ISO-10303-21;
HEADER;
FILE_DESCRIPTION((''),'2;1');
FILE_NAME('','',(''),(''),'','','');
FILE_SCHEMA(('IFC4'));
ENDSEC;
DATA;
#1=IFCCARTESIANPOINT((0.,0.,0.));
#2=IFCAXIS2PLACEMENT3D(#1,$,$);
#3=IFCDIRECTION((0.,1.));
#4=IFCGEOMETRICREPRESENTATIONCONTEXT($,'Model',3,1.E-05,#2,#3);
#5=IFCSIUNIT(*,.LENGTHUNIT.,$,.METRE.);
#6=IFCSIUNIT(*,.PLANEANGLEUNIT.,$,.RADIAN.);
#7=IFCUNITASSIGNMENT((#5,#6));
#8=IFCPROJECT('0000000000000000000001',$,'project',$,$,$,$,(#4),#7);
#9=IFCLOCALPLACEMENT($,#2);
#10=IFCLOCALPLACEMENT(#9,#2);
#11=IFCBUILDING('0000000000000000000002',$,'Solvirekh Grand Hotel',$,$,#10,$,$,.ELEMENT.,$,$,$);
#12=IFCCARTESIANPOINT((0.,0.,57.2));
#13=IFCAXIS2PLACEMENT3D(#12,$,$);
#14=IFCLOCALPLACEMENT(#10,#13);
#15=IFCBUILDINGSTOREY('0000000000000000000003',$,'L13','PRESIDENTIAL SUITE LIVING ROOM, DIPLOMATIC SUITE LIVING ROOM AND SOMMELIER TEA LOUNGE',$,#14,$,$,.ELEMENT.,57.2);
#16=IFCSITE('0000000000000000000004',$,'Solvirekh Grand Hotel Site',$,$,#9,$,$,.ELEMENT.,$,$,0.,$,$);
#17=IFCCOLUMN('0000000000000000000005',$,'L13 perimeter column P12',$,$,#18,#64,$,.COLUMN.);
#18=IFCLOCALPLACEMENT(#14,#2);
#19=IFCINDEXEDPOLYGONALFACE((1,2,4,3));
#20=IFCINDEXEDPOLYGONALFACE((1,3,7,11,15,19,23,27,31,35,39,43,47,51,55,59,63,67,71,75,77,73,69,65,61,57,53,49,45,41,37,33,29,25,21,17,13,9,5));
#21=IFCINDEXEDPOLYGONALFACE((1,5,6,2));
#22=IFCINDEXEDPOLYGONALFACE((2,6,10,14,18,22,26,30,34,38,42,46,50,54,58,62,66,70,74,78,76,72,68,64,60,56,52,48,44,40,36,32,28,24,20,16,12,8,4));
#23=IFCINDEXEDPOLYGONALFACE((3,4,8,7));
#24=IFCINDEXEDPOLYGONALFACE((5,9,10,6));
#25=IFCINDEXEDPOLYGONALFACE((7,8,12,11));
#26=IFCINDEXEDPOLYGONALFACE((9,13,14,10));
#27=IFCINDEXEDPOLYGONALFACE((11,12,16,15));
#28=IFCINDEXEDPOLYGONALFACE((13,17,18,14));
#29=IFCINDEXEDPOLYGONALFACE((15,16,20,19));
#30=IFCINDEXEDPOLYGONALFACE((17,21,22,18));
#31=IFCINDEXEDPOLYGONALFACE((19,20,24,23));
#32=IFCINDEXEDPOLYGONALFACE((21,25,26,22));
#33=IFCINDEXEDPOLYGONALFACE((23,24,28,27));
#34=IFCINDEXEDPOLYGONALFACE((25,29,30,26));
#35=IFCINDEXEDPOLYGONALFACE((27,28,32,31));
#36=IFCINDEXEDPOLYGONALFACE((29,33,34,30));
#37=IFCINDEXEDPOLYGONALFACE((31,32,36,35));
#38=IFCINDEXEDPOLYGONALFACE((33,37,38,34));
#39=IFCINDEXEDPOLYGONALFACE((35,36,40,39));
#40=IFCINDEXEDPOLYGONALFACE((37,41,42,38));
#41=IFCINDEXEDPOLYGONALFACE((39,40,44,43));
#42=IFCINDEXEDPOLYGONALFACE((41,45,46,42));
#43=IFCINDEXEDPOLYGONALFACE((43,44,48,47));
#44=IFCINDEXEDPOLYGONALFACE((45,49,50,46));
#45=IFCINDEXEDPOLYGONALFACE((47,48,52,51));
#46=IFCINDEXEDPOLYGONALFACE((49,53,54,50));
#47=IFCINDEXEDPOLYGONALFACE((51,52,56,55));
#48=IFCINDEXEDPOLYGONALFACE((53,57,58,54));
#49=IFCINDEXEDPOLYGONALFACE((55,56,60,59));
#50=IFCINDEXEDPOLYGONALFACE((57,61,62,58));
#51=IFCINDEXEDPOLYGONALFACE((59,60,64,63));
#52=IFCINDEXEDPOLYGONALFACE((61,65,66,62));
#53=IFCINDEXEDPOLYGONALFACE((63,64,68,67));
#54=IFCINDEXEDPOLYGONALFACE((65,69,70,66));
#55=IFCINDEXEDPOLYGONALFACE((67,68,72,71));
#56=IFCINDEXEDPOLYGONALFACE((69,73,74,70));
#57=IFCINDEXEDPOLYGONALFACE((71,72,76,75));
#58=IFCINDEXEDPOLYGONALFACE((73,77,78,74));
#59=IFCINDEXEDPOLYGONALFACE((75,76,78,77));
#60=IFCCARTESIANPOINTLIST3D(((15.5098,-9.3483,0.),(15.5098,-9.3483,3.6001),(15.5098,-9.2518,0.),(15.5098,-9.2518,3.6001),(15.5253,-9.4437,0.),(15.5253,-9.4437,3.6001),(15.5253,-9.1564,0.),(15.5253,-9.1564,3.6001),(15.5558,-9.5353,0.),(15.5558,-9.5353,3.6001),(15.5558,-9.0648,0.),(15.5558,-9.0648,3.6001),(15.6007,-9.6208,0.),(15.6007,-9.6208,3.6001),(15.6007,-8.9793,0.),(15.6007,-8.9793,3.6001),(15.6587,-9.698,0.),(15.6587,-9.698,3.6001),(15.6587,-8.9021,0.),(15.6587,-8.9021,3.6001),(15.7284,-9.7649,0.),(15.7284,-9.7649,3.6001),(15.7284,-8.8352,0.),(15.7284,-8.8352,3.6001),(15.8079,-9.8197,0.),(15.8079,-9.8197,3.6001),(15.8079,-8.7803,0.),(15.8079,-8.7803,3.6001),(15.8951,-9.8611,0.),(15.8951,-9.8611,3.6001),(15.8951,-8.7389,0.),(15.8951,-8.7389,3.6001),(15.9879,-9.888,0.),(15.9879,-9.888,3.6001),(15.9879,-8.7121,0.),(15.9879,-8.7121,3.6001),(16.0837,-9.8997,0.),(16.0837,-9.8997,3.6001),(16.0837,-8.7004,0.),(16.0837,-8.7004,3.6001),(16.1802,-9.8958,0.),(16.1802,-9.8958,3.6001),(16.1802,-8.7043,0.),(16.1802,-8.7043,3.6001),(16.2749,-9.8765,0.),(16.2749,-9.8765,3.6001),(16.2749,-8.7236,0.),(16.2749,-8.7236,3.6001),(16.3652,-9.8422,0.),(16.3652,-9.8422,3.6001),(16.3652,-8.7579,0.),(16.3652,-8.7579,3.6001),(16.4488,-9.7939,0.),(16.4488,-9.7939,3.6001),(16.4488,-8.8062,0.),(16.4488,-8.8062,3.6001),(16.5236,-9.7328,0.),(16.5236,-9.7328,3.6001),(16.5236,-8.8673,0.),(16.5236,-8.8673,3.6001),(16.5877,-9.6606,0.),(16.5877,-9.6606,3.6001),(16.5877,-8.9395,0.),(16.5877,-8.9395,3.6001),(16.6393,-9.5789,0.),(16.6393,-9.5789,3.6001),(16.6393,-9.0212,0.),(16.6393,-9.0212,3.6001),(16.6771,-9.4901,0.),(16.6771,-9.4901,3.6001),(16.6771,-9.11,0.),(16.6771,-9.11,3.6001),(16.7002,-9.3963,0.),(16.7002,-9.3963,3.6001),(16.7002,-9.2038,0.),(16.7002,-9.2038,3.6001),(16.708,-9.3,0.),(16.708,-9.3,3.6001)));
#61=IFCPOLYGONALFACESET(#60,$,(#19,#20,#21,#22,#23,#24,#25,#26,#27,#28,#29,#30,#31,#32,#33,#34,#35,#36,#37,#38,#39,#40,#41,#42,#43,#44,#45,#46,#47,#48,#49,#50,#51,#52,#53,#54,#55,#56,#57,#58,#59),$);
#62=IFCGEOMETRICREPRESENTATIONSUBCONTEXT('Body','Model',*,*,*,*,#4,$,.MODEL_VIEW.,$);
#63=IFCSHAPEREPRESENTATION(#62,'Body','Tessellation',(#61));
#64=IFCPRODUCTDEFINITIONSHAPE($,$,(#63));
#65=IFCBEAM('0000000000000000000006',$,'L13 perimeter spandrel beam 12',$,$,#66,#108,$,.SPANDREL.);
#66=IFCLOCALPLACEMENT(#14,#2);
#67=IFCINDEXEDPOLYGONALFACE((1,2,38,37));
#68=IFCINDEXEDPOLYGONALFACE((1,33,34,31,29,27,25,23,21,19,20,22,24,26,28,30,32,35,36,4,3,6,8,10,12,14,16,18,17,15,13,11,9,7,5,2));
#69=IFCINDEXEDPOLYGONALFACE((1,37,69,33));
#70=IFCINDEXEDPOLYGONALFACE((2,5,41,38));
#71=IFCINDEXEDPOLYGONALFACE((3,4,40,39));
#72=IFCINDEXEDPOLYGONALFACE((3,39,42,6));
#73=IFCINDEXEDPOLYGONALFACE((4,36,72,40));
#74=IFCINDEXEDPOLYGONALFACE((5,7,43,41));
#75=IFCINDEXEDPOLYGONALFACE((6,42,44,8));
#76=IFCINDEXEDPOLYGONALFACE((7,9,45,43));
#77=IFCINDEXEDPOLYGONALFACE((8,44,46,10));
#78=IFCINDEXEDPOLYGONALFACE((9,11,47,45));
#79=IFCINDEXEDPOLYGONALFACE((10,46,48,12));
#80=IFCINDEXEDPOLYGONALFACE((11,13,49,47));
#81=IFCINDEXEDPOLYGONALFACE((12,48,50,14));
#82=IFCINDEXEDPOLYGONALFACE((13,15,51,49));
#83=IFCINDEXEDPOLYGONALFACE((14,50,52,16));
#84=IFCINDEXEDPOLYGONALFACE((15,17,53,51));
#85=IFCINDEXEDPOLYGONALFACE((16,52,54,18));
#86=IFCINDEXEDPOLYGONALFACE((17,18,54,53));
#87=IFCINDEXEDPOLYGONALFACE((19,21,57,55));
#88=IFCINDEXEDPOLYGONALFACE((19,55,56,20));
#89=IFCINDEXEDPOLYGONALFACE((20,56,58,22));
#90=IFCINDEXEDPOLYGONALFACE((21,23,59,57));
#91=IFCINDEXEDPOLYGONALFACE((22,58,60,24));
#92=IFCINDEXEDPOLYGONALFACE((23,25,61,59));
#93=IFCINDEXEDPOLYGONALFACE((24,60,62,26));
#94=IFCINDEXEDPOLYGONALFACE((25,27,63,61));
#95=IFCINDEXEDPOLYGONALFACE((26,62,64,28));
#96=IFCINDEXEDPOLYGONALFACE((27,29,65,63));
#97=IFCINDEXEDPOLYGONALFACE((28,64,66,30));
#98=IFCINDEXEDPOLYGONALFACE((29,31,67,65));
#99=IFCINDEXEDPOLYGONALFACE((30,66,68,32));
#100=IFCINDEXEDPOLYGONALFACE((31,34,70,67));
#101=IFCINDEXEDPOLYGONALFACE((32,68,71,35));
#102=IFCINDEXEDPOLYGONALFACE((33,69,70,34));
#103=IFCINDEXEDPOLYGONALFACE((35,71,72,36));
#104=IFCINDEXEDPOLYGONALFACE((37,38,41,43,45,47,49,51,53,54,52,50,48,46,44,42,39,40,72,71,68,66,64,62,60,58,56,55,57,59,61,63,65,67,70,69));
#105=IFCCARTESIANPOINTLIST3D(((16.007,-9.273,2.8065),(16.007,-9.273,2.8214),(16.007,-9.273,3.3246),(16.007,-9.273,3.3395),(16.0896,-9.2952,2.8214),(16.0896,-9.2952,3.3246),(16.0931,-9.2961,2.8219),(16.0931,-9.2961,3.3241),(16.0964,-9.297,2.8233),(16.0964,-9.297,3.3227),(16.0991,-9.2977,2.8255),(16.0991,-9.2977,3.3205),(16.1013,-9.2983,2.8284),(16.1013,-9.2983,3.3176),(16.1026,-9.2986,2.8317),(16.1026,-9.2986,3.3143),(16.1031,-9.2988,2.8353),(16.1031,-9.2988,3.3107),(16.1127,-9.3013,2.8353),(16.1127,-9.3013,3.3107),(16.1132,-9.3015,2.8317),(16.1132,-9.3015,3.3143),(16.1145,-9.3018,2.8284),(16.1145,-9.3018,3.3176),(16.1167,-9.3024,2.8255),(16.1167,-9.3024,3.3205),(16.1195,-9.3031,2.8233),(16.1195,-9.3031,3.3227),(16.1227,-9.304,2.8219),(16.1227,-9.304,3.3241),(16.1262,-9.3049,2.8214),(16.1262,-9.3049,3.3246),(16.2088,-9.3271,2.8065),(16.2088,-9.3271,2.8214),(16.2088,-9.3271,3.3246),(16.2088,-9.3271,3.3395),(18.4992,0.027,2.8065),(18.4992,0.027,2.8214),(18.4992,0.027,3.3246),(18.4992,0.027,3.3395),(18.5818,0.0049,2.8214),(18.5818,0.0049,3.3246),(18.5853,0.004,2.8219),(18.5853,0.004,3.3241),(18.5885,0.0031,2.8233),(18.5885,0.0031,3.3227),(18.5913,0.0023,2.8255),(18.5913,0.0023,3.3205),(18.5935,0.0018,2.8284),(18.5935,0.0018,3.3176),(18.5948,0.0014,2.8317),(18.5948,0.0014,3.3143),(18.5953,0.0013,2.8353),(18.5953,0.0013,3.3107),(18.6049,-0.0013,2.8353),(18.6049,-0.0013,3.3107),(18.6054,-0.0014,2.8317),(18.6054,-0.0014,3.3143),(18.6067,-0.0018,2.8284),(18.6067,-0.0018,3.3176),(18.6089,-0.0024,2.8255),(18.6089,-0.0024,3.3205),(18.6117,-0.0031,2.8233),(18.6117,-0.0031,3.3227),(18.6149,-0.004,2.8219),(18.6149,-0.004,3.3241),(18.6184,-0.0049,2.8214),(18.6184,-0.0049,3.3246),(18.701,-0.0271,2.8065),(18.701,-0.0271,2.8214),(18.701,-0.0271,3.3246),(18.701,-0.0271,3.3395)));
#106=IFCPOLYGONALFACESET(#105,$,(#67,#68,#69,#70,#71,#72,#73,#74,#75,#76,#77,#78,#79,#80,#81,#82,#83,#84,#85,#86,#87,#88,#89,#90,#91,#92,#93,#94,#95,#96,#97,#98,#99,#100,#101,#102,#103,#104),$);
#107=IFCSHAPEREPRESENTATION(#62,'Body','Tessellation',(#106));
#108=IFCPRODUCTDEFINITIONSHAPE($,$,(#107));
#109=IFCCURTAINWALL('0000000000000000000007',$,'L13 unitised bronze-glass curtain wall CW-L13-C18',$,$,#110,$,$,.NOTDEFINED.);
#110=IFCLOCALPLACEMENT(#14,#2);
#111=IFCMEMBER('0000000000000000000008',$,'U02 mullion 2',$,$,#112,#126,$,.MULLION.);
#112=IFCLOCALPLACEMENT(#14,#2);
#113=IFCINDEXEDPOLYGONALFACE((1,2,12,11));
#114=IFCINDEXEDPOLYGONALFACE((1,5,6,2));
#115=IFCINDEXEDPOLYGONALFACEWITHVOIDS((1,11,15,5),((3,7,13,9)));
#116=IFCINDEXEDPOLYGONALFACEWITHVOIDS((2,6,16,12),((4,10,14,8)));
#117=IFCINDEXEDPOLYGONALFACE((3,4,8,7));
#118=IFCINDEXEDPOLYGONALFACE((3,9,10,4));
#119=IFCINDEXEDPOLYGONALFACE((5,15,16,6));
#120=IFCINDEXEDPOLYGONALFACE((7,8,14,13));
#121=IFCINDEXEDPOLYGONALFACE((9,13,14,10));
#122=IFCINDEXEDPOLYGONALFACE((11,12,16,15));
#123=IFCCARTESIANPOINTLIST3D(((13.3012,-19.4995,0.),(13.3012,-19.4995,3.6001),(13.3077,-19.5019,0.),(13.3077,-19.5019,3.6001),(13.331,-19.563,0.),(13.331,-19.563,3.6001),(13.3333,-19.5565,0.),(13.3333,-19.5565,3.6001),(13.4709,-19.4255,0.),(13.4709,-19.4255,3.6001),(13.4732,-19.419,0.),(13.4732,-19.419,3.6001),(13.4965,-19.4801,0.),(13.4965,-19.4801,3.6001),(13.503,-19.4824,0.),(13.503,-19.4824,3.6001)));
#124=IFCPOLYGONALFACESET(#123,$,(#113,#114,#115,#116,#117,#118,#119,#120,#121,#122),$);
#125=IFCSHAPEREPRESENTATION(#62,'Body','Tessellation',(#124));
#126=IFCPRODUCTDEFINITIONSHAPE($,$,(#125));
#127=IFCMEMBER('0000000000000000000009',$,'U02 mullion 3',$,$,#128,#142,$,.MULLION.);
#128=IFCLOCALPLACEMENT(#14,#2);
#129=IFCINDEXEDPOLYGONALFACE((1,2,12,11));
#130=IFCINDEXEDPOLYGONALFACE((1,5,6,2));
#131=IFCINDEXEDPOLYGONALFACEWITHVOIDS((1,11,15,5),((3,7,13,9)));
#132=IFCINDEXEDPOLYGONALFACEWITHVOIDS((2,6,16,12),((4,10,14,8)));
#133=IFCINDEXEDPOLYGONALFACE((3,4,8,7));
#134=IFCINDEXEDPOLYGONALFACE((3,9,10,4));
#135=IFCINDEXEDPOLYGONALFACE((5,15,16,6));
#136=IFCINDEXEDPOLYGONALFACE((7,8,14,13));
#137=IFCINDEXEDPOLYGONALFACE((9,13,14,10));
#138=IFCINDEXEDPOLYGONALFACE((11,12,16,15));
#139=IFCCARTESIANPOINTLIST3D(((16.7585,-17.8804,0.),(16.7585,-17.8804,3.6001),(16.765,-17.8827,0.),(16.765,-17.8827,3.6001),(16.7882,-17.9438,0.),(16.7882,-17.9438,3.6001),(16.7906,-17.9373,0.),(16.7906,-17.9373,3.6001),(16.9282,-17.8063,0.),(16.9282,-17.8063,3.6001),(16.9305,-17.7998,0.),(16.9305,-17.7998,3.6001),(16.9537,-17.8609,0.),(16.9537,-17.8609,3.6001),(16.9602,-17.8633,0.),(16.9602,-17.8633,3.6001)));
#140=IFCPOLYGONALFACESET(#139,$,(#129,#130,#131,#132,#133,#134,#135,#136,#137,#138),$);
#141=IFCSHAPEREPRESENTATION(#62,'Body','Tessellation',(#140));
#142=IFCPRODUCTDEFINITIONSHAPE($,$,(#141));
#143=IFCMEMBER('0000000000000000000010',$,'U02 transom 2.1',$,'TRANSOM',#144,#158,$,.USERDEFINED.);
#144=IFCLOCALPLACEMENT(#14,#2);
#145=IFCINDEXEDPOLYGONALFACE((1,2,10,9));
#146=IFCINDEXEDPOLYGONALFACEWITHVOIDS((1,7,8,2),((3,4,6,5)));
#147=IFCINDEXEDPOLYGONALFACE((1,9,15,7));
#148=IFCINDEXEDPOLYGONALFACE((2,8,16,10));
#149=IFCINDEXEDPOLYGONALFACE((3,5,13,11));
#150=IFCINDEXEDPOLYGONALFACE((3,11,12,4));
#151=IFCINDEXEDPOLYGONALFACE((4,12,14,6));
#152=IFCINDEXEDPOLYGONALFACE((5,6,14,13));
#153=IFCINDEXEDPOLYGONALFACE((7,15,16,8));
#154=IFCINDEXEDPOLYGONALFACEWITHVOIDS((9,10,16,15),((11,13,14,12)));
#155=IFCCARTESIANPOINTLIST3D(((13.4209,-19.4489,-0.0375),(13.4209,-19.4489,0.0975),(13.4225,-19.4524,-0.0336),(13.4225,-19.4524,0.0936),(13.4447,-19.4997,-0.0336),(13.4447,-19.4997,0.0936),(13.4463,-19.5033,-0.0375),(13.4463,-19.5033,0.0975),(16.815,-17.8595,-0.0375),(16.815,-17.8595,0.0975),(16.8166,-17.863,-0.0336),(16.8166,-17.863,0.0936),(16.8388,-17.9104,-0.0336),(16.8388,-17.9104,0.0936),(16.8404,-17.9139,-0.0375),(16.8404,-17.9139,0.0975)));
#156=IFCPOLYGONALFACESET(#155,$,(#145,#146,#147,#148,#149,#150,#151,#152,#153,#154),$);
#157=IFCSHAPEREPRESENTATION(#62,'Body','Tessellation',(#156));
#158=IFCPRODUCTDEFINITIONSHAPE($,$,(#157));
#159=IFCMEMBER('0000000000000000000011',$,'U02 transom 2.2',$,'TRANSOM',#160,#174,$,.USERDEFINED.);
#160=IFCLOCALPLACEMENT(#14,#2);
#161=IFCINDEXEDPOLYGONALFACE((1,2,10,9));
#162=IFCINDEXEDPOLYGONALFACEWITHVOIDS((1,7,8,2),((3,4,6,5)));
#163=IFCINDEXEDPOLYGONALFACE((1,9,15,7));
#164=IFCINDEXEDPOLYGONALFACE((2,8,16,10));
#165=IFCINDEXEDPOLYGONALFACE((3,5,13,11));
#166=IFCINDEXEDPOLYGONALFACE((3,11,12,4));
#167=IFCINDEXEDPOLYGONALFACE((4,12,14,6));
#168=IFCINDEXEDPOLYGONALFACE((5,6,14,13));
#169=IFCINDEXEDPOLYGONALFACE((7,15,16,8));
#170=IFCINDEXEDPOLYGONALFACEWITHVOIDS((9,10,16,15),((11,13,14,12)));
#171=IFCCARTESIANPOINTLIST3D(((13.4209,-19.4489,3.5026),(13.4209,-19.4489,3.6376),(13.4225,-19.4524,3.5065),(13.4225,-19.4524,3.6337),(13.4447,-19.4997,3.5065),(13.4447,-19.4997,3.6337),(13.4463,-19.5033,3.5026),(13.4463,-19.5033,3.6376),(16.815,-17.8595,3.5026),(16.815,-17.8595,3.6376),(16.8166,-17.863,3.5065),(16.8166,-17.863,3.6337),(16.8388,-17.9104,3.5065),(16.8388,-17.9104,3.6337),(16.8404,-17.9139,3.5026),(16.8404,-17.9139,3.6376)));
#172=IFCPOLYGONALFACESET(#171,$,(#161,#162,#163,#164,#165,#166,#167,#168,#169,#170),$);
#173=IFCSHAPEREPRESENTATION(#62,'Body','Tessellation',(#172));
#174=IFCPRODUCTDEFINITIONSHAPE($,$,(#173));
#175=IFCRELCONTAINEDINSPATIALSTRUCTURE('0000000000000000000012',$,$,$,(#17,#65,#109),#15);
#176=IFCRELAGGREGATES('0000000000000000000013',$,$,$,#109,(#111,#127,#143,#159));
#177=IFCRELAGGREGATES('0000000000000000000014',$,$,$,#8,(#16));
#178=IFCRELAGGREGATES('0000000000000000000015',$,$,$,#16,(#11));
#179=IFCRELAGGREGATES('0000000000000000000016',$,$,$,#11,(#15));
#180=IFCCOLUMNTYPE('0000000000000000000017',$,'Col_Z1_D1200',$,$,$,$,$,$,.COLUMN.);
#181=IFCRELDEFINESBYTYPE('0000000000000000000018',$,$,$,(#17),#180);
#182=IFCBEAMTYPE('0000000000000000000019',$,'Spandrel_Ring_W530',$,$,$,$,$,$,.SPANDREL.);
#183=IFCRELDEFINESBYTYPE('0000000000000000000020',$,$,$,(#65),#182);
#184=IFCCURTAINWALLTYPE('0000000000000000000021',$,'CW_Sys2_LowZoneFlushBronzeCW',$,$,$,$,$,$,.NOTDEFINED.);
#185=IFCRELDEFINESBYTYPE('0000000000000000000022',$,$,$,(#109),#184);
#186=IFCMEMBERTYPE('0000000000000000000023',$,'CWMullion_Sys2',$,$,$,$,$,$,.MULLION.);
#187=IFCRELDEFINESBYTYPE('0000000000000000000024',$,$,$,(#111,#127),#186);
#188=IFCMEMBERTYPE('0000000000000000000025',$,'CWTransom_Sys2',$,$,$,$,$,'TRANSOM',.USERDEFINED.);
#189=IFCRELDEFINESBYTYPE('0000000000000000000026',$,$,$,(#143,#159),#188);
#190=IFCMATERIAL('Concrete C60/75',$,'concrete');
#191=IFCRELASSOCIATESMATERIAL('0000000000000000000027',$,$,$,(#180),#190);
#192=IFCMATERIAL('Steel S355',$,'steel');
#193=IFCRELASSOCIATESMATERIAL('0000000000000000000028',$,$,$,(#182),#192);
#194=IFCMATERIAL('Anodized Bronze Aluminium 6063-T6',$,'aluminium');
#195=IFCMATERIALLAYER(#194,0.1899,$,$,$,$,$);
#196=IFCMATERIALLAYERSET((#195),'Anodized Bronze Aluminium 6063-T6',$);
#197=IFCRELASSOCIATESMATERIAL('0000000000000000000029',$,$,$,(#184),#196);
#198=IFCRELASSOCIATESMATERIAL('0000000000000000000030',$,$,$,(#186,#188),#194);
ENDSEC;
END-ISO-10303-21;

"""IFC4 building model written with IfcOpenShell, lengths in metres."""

from ifc_helpers import new_model, si_unit, direction, frame, origin, origin_2d, place, context, subcontext, project, spatial, hollow_rectangle, circle, i_section, extrude, source, transform, mapped, material, layer, layer_set, material_profile, profile_set, type_object, element, aggregate, save


model = new_model("IFC4")

# Units and contexts
model_context = context("Model", 3, precision=1e-05, world=origin(), true_north=direction((0.0, 1.0)))
body_context = subcontext(model_context, "Body", "Model", "MODEL_VIEW")
ifc_project = project(units=[si_unit("LENGTHUNIT", "METRE"), si_unit("PLANEANGLEUNIT", "RADIAN")], contexts=[model_context])

# Site, building, storey
site_placement = place(None, origin())
site = spatial("IfcSite", under=ifc_project, at=site_placement, Name="Solvirekh Grand Hotel Site", CompositionType="ELEMENT", RefElevation=0.0)
building_placement = place(site_placement, origin())
building = spatial("IfcBuilding", under=site, at=building_placement, Name="Solvirekh Grand Hotel", CompositionType="ELEMENT")
storey_placement = place(building_placement, frame((0.0, 0.0, 57.2)))
storey = spatial("IfcBuildingStorey", under=building, at=storey_placement, Name="L13", Description="PRESIDENTIAL SUITE LIVING ROOM, DIPLOMATIC SUITE LIVING ROOM AND SOMMELIER TEA LOUNGE", CompositionType="ELEMENT", Elevation=57.2)

# Column
ifc_material_1 = material(Name="Concrete C60/75", Category="concrete")
ifc_material_profile_1 = material_profile(ifc_material_1, circle(Radius=0.6001, at=origin_2d()), Name="RC CIRC D1200")
ifc_profile_set_1 = profile_set([ifc_material_profile_1], Name="Concrete C60/75")
column_type = type_object("IfcColumnType", Name="Col_Z1_D1200", PredefinedType="COLUMN", material=ifc_profile_set_1)
column_placement = place(storey_placement, frame((16.1079, -9.3, 0.0), z_axis=(0.0, 0.0, 1.0), x_axis=(1.0, 0.0, 0.0)))
element("IfcColumn", 1, at=column_placement, inside=storey, type_object=column_type, Name="L13 perimeter column P12", PredefinedType="COLUMN", context=body_context, shape_type="SweptSolid", body=[
    extrude(circle(Radius=0.6001, at=origin_2d()), origin(), (0.0, 0.0, 1.0), 3.6001),
])

# Beam
ifc_material_2 = material(Name="Steel S355", Category="steel")
ifc_material_profile_2 = material_profile(ifc_material_2, i_section(OverallWidth=0.209, OverallDepth=0.533, WebThickness=0.01, FlangeThickness=0.0149, FilletRadius=0.0139, at=origin_2d()), Name="W530X92")
ifc_profile_set_2 = profile_set([ifc_material_profile_2], Name="Steel S355")
beam_type = type_object("IfcBeamType", Name="Spandrel_Ring_W530", PredefinedType="SPANDREL", material=ifc_profile_set_2)
beam_placement = place(storey_placement, frame((16.1079, -9.3, 3.073), z_axis=(0.258843, 0.965919, 0.0), x_axis=(-0.965919, 0.258843, 0.0)))
element("IfcBeam", 2, at=beam_placement, inside=storey, type_object=beam_type, Name="L13 perimeter spandrel beam 12", PredefinedType="SPANDREL", context=body_context, shape_type="SweptSolid", body=[
    extrude(i_section(OverallWidth=0.209, OverallDepth=0.533, WebThickness=0.01, FlangeThickness=0.0149, FilletRadius=0.0139, at=origin_2d()), origin(), (0.0, 0.0, 1.0), 9.6282),
])

# Curtain wall, members
ifc_material_3 = material(Name="Anodized Bronze Aluminium 6063-T6", Category="aluminium")
ifc_layer_1 = layer(ifc_material_3, 0.1899)
ifc_layer_set_1 = layer_set([ifc_layer_1], Name="Anodized Bronze Aluminium 6063-T6")
curtain_wall_type = type_object("IfcCurtainWallType", Name="CW_Sys2_LowZoneFlushBronzeCW", PredefinedType="NOTDEFINED", material=ifc_layer_set_1)
curtain_wall_placement = place(storey_placement, origin())
curtain_wall = element("IfcCurtainWall", 3, at=curtain_wall_placement, inside=storey, type_object=curtain_wall_type, Name="L13 unitised bronze-glass curtain wall CW-L13-C18", PredefinedType="NOTDEFINED")
ifc_material_profile_3 = material_profile(ifc_material_3, hollow_rectangle(XDim=0.0701, YDim=0.1899, WallThickness=0.0049, at=origin_2d()), Name="ALU RHS 190X70X5")
ifc_profile_set_3 = profile_set([ifc_material_profile_3], Name="Anodized Bronze Aluminium 6063-T6")
member_type_1 = type_object("IfcMemberType", Name="CWMullion_Sys2", PredefinedType="MULLION", material=ifc_profile_set_3)
shared_shape_1 = source(origin(), body_context, "Body", "SweptSolid", [
    extrude(hollow_rectangle(XDim=0.0701, YDim=0.1899, WallThickness=0.0049, at=origin_2d()), origin(), (0.0, 0.0, 1.0), 3.6001),
])
member_1_placement = place(storey_placement, frame((13.4021, -19.491, 0.0), z_axis=(0.0, 0.0, 1.0), x_axis=(-0.424121, 0.905605, 0.0)))
member_1 = element("IfcMember", 4, at=member_1_placement, type_object=member_type_1, Name="U02 mullion 2", PredefinedType="MULLION", context=body_context, shape_type="MappedRepresentation", body=[
    mapped(shared_shape_1, transform((0.0, 0.0, 0.0), x_axis=(1.0, 0.0, 0.0), y_axis=(0.0, 1.0, 0.0), z_axis=(0.0, 0.0, 1.0), scale=1.0)),
])
member_2_placement = place(storey_placement, frame((16.8594, -17.8718, 0.0), z_axis=(0.0, 0.0, 1.0), x_axis=(-0.424121, 0.905605, 0.0)))
member_2 = element("IfcMember", 5, at=member_2_placement, type_object=member_type_1, Name="U02 mullion 3", PredefinedType="MULLION", context=body_context, shape_type="MappedRepresentation", body=[
    mapped(shared_shape_1, transform((0.0, 0.0, 0.0), x_axis=(1.0, 0.0, 0.0), y_axis=(0.0, 1.0, 0.0), z_axis=(0.0, 0.0, 1.0), scale=1.0)),
])
ifc_material_profile_4 = material_profile(ifc_material_3, hollow_rectangle(XDim=0.0601, YDim=0.135, WallThickness=0.0039, at=origin_2d()), Name="ALU RHS 135X60X4")
ifc_profile_set_4 = profile_set([ifc_material_profile_4], Name="Anodized Bronze Aluminium 6063-T6")
member_type_2 = type_object("IfcMemberType", Name="CWTransom_Sys2", ElementType="TRANSOM", PredefinedType="USERDEFINED", material=ifc_profile_set_4)
shared_shape_2 = source(origin(), body_context, "Body", "SweptSolid", [
    extrude(hollow_rectangle(XDim=0.0601, YDim=0.135, WallThickness=0.0039, at=origin_2d()), origin(), (0.0, 0.0, 1.0), 3.7478),
])
member_3_placement = place(storey_placement, frame((13.4336, -19.4761, 0.03), z_axis=(0.905623, 0.424083, 0.0), x_axis=(-0.424083, 0.905623, 0.0)))
member_3 = element("IfcMember", 6, at=member_3_placement, type_object=member_type_2, Name="U02 transom 2.1", ObjectType="TRANSOM", PredefinedType="USERDEFINED", context=body_context, shape_type="MappedRepresentation", body=[
    mapped(shared_shape_2, transform((0.0, 0.0, 0.0), x_axis=(1.0, 0.0, 0.0), y_axis=(0.0, 1.0, 0.0), z_axis=(0.0, 0.0, 1.0), scale=1.0)),
])
member_4_placement = place(storey_placement, frame((13.4336, -19.4761, 3.5701), z_axis=(0.905623, 0.424083, 0.0), x_axis=(-0.424083, 0.905623, 0.0)))
member_4 = element("IfcMember", 7, at=member_4_placement, type_object=member_type_2, Name="U02 transom 2.2", ObjectType="TRANSOM", PredefinedType="USERDEFINED", context=body_context, shape_type="MappedRepresentation", body=[
    mapped(shared_shape_2, transform((0.0, 0.0, 0.0), x_axis=(1.0, 0.0, 0.0), y_axis=(0.0, 1.0, 0.0), z_axis=(0.0, 0.0, 1.0), scale=1.0)),
])
aggregate(curtain_wall, [member_1, member_2, member_3, member_4])

save(model, "model.ifc")
